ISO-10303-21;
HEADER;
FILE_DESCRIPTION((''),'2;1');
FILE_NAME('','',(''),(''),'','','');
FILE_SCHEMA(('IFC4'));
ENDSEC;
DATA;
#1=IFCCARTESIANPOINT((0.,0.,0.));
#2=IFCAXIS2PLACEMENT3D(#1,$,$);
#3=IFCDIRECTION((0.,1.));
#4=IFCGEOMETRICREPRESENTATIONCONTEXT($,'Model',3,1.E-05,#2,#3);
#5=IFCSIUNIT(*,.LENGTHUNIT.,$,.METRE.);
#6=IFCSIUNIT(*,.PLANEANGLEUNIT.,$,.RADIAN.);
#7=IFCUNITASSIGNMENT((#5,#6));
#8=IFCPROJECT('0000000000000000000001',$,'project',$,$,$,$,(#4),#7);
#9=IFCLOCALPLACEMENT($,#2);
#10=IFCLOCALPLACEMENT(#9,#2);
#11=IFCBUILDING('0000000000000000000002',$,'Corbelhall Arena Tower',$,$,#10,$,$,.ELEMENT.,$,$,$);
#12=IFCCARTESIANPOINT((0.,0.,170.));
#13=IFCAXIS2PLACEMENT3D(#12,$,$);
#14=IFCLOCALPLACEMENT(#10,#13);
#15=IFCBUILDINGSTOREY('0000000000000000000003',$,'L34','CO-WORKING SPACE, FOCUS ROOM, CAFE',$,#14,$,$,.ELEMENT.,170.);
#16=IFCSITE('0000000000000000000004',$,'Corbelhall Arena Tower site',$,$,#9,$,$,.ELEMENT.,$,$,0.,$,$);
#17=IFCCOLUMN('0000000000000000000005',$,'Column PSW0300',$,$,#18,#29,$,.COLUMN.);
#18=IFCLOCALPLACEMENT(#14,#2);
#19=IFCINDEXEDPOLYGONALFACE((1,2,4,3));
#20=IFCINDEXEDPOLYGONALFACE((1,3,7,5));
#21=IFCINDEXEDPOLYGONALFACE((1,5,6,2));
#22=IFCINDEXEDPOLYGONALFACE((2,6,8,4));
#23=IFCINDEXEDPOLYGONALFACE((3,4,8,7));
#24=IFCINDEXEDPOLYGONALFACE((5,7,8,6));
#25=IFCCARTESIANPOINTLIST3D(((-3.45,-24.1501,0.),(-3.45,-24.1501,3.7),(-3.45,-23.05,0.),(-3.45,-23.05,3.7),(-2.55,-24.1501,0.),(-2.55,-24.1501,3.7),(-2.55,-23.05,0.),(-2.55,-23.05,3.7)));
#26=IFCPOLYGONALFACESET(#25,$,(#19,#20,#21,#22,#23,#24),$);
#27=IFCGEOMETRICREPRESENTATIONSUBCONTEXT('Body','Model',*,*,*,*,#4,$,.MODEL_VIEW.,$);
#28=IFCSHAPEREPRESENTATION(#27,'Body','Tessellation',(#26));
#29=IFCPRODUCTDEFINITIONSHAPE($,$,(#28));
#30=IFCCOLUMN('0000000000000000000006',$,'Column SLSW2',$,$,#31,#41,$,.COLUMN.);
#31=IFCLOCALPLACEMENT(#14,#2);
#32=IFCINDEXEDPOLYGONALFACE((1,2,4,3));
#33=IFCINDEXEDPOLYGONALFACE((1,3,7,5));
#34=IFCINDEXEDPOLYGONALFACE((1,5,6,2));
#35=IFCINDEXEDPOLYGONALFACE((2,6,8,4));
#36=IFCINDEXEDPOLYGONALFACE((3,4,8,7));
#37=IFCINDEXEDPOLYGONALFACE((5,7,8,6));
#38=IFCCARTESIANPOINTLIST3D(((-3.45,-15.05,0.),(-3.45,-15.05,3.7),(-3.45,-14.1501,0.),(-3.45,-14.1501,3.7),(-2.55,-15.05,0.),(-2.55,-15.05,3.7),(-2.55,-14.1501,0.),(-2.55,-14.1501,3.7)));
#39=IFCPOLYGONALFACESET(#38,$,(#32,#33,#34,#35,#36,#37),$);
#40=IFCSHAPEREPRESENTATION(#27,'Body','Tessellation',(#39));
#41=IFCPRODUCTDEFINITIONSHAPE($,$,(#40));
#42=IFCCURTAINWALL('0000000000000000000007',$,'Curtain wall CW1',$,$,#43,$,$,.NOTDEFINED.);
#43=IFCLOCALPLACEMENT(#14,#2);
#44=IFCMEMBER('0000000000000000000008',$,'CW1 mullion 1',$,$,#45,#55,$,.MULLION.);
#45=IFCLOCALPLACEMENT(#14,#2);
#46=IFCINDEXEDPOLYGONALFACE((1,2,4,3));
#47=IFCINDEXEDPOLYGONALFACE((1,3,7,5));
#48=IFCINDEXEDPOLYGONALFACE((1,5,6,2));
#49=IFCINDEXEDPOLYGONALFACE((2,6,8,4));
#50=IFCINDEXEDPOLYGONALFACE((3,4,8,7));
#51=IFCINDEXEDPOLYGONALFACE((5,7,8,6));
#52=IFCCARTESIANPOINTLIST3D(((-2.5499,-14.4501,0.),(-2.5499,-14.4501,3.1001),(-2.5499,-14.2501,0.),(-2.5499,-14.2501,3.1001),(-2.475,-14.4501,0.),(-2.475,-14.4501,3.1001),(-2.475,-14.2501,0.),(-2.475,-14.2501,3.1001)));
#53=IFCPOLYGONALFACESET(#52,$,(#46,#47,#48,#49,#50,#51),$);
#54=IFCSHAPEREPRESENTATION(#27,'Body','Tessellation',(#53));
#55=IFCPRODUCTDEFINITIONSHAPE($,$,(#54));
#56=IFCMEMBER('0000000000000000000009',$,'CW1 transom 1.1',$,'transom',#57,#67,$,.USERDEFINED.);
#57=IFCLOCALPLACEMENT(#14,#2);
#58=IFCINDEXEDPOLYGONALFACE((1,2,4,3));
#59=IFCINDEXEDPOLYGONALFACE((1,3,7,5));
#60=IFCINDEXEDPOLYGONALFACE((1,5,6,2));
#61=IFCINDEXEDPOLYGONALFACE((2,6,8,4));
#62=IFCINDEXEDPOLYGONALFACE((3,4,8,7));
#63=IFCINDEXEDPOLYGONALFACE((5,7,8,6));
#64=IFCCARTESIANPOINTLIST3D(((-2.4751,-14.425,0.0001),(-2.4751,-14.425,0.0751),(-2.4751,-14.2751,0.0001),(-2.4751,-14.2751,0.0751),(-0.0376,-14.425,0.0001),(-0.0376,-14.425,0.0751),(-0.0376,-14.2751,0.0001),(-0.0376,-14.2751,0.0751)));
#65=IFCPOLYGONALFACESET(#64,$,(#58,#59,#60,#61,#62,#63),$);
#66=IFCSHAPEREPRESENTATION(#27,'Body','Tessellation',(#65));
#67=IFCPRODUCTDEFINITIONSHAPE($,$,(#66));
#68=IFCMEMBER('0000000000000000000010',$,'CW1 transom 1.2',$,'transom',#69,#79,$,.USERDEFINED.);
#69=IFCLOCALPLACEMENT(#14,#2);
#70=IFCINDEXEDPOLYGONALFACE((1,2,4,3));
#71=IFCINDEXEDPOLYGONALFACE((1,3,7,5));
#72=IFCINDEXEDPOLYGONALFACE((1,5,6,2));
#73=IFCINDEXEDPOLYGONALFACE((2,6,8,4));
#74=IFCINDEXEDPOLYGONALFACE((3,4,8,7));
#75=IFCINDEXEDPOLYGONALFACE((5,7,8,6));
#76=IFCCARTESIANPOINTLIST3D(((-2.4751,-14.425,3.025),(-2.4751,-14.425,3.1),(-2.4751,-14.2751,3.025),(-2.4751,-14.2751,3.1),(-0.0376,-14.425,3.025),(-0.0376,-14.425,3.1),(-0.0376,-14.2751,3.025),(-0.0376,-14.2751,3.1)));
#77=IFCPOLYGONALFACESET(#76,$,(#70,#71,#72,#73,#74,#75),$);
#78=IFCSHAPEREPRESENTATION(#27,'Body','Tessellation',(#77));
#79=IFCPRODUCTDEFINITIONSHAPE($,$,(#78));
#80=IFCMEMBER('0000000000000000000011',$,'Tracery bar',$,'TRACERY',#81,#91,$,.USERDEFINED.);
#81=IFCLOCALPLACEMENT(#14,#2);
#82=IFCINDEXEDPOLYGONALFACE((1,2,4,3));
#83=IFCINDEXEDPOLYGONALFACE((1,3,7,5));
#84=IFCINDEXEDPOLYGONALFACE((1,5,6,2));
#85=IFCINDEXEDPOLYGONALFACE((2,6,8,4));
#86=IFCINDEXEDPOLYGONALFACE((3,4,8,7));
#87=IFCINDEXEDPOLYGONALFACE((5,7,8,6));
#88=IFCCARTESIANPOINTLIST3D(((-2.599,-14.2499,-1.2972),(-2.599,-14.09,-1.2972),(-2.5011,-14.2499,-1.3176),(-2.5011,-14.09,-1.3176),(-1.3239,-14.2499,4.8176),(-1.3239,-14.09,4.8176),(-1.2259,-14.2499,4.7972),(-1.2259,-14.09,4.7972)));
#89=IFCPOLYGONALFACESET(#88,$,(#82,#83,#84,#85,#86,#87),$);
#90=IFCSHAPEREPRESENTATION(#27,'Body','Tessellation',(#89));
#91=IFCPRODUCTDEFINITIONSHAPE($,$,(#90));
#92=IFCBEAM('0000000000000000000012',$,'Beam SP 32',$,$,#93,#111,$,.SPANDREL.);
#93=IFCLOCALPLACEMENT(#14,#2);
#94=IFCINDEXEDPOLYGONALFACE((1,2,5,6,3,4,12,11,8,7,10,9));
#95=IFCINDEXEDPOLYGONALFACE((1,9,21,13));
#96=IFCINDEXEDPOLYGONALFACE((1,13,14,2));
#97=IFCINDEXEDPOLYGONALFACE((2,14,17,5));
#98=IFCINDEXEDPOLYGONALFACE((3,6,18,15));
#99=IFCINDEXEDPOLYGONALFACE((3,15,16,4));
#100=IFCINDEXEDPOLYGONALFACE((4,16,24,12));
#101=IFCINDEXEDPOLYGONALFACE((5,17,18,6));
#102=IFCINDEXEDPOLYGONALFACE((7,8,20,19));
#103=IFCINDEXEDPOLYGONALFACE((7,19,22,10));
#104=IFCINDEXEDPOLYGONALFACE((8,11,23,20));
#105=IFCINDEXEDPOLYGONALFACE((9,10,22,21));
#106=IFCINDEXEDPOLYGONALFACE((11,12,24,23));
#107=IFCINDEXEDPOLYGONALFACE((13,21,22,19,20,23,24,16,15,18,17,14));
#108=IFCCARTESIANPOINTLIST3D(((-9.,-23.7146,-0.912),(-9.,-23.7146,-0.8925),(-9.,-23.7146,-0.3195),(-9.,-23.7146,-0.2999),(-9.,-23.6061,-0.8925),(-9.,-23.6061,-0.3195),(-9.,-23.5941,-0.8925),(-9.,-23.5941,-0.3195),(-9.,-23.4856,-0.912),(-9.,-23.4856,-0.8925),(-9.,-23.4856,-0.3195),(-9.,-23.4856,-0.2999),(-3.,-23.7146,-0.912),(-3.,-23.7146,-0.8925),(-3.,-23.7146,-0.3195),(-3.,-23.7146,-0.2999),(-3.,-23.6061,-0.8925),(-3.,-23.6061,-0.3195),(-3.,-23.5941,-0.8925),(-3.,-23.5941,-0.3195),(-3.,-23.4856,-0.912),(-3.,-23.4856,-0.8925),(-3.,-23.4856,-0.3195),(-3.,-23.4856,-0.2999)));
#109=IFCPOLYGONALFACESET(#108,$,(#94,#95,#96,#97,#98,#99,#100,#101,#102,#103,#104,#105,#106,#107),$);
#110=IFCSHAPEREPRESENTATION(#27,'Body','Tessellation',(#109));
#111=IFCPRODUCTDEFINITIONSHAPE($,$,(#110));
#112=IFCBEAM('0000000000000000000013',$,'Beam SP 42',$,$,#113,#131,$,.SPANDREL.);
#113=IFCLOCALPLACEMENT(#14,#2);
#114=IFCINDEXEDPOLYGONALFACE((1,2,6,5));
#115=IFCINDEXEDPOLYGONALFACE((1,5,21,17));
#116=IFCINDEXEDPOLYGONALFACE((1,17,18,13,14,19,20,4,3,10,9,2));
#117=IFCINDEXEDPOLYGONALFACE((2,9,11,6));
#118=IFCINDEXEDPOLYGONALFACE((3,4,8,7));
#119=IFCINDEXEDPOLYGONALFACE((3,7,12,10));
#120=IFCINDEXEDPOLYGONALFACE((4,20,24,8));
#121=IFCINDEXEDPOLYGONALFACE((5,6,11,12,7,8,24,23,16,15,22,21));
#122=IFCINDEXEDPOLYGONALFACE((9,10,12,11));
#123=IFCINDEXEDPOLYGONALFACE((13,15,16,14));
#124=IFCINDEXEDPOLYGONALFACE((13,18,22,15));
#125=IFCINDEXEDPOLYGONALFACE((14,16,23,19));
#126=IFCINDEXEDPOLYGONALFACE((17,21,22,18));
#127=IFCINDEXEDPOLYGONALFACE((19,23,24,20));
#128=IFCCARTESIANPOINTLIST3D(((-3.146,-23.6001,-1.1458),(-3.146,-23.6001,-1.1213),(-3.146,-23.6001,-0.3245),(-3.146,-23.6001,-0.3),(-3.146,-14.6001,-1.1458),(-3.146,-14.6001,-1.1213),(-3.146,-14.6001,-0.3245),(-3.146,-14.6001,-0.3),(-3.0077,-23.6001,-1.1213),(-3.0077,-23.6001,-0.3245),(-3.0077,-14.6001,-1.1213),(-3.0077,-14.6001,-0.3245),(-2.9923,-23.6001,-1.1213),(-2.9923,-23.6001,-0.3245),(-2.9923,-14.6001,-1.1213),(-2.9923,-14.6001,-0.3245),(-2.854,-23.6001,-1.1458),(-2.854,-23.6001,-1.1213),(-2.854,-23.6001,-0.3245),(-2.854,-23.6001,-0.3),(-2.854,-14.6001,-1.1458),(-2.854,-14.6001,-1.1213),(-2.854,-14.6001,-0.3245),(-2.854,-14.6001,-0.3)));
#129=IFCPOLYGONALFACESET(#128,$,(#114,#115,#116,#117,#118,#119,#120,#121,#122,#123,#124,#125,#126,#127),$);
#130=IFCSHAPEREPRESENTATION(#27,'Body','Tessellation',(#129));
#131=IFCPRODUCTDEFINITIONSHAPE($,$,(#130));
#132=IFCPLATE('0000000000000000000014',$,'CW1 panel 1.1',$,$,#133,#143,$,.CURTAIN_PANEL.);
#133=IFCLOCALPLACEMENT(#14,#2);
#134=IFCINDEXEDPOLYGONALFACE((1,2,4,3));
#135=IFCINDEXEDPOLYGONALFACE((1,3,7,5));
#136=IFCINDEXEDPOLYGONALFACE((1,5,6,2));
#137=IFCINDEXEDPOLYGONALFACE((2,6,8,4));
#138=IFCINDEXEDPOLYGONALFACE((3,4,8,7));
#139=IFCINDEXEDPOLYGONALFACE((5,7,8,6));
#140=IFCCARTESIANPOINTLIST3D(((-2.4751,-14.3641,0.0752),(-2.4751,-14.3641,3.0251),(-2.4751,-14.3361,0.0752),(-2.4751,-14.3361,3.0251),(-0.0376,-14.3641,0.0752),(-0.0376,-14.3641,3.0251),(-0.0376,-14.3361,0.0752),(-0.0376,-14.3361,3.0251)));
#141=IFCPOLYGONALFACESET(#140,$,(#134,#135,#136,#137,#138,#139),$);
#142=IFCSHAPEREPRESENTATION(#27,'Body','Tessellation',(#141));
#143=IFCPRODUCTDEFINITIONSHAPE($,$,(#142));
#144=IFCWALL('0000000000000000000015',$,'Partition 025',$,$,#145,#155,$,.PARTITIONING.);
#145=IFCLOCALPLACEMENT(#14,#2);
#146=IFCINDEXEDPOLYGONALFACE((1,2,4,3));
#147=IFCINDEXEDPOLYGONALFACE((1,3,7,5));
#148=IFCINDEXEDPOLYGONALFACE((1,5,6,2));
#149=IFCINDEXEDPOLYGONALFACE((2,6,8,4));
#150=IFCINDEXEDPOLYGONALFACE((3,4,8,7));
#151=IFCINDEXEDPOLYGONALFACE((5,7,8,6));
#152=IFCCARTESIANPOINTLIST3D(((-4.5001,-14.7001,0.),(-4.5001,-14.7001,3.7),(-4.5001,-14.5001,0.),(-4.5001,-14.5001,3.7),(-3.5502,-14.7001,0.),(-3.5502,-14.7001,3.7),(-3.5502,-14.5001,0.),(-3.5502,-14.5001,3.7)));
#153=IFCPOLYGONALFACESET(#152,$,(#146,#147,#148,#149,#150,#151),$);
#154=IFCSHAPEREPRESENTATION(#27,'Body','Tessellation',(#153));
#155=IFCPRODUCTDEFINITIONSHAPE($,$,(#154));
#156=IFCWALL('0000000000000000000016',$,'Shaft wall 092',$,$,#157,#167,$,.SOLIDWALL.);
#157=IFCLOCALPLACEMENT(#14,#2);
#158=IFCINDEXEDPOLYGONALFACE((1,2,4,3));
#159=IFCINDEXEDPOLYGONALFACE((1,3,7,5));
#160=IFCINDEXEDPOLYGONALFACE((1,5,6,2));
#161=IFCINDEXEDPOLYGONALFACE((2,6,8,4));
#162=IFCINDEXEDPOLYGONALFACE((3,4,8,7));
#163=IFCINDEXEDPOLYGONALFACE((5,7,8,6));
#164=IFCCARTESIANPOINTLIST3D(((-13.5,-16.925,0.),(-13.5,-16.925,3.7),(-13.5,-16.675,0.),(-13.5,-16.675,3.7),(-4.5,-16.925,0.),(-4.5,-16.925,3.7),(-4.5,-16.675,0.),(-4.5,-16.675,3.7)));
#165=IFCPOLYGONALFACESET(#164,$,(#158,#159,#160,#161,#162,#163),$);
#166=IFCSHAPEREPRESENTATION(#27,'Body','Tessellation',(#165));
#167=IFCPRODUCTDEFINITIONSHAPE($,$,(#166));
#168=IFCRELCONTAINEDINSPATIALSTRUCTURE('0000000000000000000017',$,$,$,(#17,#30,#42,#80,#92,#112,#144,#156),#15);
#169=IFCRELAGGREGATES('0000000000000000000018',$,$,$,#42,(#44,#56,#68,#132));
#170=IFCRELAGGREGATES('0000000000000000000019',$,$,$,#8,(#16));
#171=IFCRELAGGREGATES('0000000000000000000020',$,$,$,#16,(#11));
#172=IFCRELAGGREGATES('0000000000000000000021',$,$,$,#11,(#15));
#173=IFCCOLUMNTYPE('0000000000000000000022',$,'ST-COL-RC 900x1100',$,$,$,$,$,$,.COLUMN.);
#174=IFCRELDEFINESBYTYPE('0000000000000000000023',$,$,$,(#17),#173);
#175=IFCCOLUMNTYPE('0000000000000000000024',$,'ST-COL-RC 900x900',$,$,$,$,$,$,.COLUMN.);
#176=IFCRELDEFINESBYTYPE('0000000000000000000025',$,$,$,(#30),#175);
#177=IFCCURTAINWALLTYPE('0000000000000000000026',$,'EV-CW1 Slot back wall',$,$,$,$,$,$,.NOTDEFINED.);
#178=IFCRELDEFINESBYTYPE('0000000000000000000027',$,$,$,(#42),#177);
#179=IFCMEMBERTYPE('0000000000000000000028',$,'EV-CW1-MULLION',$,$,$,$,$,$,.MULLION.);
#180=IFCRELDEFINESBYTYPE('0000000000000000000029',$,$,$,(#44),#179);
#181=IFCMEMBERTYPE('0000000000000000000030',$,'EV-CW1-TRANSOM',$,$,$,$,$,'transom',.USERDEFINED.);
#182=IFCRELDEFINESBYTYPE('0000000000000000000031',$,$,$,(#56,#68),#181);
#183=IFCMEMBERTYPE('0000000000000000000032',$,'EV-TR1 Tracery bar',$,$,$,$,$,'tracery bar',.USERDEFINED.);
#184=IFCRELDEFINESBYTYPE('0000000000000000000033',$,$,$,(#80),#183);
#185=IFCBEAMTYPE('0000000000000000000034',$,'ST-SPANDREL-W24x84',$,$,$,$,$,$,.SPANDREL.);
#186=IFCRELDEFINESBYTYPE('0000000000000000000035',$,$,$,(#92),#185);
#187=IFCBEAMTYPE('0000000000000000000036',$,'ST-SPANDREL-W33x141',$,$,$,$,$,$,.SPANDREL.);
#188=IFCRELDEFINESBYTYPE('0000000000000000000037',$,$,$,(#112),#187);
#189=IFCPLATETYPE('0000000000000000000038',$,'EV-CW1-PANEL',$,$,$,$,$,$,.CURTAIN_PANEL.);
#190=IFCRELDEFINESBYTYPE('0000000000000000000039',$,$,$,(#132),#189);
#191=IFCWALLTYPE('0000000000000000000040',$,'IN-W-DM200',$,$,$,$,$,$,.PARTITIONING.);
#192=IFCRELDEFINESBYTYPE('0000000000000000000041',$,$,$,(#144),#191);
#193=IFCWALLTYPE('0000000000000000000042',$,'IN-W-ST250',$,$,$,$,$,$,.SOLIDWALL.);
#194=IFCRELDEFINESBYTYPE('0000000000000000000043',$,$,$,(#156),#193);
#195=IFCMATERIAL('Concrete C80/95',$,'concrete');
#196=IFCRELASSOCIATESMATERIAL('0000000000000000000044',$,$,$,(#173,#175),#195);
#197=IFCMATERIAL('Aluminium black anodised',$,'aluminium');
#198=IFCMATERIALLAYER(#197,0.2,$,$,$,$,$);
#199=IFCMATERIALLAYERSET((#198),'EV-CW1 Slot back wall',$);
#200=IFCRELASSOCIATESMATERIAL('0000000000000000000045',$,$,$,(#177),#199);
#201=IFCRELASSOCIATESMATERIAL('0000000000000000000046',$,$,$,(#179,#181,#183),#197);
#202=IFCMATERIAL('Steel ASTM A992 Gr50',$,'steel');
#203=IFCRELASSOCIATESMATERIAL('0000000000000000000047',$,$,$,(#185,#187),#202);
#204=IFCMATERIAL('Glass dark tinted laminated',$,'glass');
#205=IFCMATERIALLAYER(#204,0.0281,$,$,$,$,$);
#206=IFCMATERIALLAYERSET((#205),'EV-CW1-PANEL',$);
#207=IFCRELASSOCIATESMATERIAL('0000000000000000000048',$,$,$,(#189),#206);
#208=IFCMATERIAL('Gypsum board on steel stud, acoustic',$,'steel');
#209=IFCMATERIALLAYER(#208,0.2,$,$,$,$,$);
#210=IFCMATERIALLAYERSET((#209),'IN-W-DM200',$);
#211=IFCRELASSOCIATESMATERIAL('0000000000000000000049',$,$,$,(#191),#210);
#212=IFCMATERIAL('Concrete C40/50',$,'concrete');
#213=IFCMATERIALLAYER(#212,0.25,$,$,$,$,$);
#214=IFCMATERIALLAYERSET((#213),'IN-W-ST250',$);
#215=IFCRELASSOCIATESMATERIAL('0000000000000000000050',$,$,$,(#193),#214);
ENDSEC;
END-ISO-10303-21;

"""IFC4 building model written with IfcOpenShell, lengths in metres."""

from ifc_helpers import new_model, si_unit, direction, frame, frame_2d, origin, origin_2d, place, context, subcontext, project, spatial, rectangle, i_section, extrude, material, layer, layer_set, material_profile, profile_set, type_object, element, aggregate, save


model = new_model("IFC4")

# Units and contexts
model_context = context("Model", 3, precision=1e-05, world=origin(), true_north=direction((0.0, 1.0)))
body_context = subcontext(model_context, "Body", "Model", "MODEL_VIEW")
ifc_project = project(units=[si_unit("LENGTHUNIT", "METRE"), si_unit("PLANEANGLEUNIT", "RADIAN")], contexts=[model_context])

# Site, building, storey
site_placement = place(None, origin())
site = spatial("IfcSite", under=ifc_project, at=site_placement, Name="Corbelhall Arena Tower site", CompositionType="ELEMENT", RefElevation=0.0)
building_placement = place(site_placement, origin())
building = spatial("IfcBuilding", under=site, at=building_placement, Name="Corbelhall Arena Tower", CompositionType="ELEMENT")
storey_placement = place(building_placement, frame((0.0, 0.0, 170.0)))
storey = spatial("IfcBuildingStorey", under=building, at=storey_placement, Name="L34", Description="CO-WORKING SPACE, FOCUS ROOM, CAFE", CompositionType="ELEMENT", Elevation=170.0)

# Columns
ifc_material_1 = material(Name="Concrete C80/95", Category="concrete")
ifc_material_profile_1 = material_profile(ifc_material_1, rectangle(XDim=0.8999, YDim=1.1001, at=origin_2d()))
ifc_profile_set_1 = profile_set([ifc_material_profile_1], Name="Concrete C80/95")
column_type_1 = type_object("IfcColumnType", Name="ST-COL-RC 900x1100", PredefinedType="COLUMN", material=ifc_profile_set_1)
column_1_placement = place(storey_placement, frame((-3.0, -23.6001, 0.0), z_axis=(0.0, 0.0, 1.0), x_axis=(1.0, 0.0, 0.0)))
element("IfcColumn", 1, at=column_1_placement, inside=storey, type_object=column_type_1, Name="Column PSW0300", PredefinedType="COLUMN", context=body_context, shape_type="SweptSolid", body=[
    extrude(rectangle(XDim=0.8999, YDim=1.1001, at=origin_2d()), origin(), (0.0, 0.0, 1.0), 3.7),
])
ifc_material_profile_2 = material_profile(ifc_material_1, rectangle(XDim=0.8999, YDim=0.8999, at=origin_2d()))
ifc_profile_set_2 = profile_set([ifc_material_profile_2], Name="Concrete C80/95")
column_type_2 = type_object("IfcColumnType", Name="ST-COL-RC 900x900", PredefinedType="COLUMN", material=ifc_profile_set_2)
column_2_placement = place(storey_placement, frame((-3.0, -14.6001, 0.0), z_axis=(0.0, 0.0, 1.0), x_axis=(1.0, 0.0, 0.0)))
element("IfcColumn", 2, at=column_2_placement, inside=storey, type_object=column_type_2, Name="Column SLSW2", PredefinedType="COLUMN", context=body_context, shape_type="SweptSolid", body=[
    extrude(rectangle(XDim=0.8999, YDim=0.8999, at=origin_2d()), origin(), (0.0, 0.0, 1.0), 3.7),
])

# Curtain wall, members
ifc_material_2 = material(Name="Aluminium black anodised", Category="aluminium")
ifc_layer_1 = layer(ifc_material_2, 0.2)
ifc_layer_set_1 = layer_set([ifc_layer_1], Name="EV-CW1 Slot back wall")
curtain_wall_type = type_object("IfcCurtainWallType", Name="EV-CW1 Slot back wall", PredefinedType="NOTDEFINED", material=ifc_layer_set_1)
curtain_wall_placement = place(storey_placement, origin())
curtain_wall = element("IfcCurtainWall", 3, at=curtain_wall_placement, inside=storey, type_object=curtain_wall_type, Name="Curtain wall CW1", PredefinedType="NOTDEFINED")
ifc_material_profile_3 = material_profile(ifc_material_2, rectangle(XDim=0.2, YDim=0.075, at=origin_2d()))
ifc_profile_set_3 = profile_set([ifc_material_profile_3], Name="Aluminium black anodised")
member_type_1 = type_object("IfcMemberType", Name="EV-CW1-MULLION", PredefinedType="MULLION", material=ifc_profile_set_3)
member_1_placement = place(storey_placement, frame((-2.5125, -14.3501, 0.0), z_axis=(0.0, 0.0, 1.0), x_axis=(0.0, 1.0, 0.0)))
member_1 = element("IfcMember", 4, at=member_1_placement, type_object=member_type_1, Name="CW1 mullion 1", PredefinedType="MULLION", context=body_context, shape_type="SweptSolid", body=[
    extrude(rectangle(XDim=0.2, YDim=0.075, at=origin_2d()), origin(), (0.0, 0.0, 1.0), 3.1001),
])
ifc_material_profile_4 = material_profile(ifc_material_2, rectangle(XDim=0.1499, YDim=0.075, at=origin_2d()))
ifc_profile_set_4 = profile_set([ifc_material_profile_4], Name="Aluminium black anodised")
member_type_2 = type_object("IfcMemberType", Name="EV-CW1-TRANSOM", ElementType="transom", PredefinedType="USERDEFINED", material=ifc_profile_set_4)
member_2_placement = place(storey_placement, frame((-2.4751, -14.3501, 0.0376), z_axis=(1.0, 0.0, 0.0), x_axis=(0.0, 1.0, 0.0)))
member_2 = element("IfcMember", 5, at=member_2_placement, type_object=member_type_2, Name="CW1 transom 1.1", ObjectType="transom", PredefinedType="USERDEFINED", context=body_context, shape_type="SweptSolid", body=[
    extrude(rectangle(XDim=0.1499, YDim=0.075, at=origin_2d()), origin(), (0.0, 0.0, 1.0), 2.4375),
])
member_3_placement = place(storey_placement, frame((-2.4751, -14.3501, 3.0625), z_axis=(1.0, 0.0, 0.0), x_axis=(0.0, 1.0, 0.0)))
member_3 = element("IfcMember", 6, at=member_3_placement, type_object=member_type_2, Name="CW1 transom 1.2", ObjectType="transom", PredefinedType="USERDEFINED", context=body_context, shape_type="SweptSolid", body=[
    extrude(rectangle(XDim=0.1499, YDim=0.075, at=origin_2d()), origin(), (0.0, 0.0, 1.0), 2.4375),
])

# Member
ifc_material_profile_5 = material_profile(ifc_material_2, rectangle(XDim=0.1599, YDim=0.1001, at=origin_2d()))
ifc_profile_set_5 = profile_set([ifc_material_profile_5], Name="Aluminium black anodised")
member_type_3 = type_object("IfcMemberType", Name="EV-TR1 Tracery bar", ElementType="tracery bar", PredefinedType="USERDEFINED", material=ifc_profile_set_5)
member_4_placement = place(storey_placement, frame((-2.55, -14.1699, -1.3074), z_axis=(0.204145, 0.0, 0.978941), x_axis=(0.0, 1.0, 0.0)))
element("IfcMember", 7, at=member_4_placement, inside=storey, type_object=member_type_3, Name="Tracery bar", ObjectType="TRACERY", PredefinedType="USERDEFINED", context=body_context, shape_type="SweptSolid", body=[
    extrude(rectangle(XDim=0.1599, YDim=0.1001, at=origin_2d()), origin(), (0.0, 0.0, 1.0), 6.2463),
])

# Beams
ifc_material_3 = material(Name="Steel ASTM A992 Gr50", Category="steel")
ifc_material_profile_6 = material_profile(ifc_material_3, i_section(OverallWidth=0.229, OverallDepth=0.6121, WebThickness=0.012, FlangeThickness=0.0195, at=origin_2d()))
ifc_profile_set_6 = profile_set([ifc_material_profile_6], Name="Steel ASTM A992 Gr50")
beam_type_1 = type_object("IfcBeamType", Name="ST-SPANDREL-W24x84", PredefinedType="SPANDREL", material=ifc_profile_set_6)
beam_1_placement = place(storey_placement, frame((-3.0, -23.6001, -0.606), z_axis=(-1.0, 0.0, 0.0), x_axis=(0.0, -1.0, 0.0)))
element("IfcBeam", 8, at=beam_1_placement, inside=storey, type_object=beam_type_1, Name="Beam SP 32", PredefinedType="SPANDREL", context=body_context, shape_type="SweptSolid", body=[
    extrude(i_section(OverallWidth=0.229, OverallDepth=0.6121, WebThickness=0.012, FlangeThickness=0.0195, at=origin_2d()), origin(), (0.0, 0.0, 1.0), 6.0),
])
ifc_material_profile_7 = material_profile(ifc_material_3, i_section(OverallWidth=0.292, OverallDepth=0.8457, WebThickness=0.0154, FlangeThickness=0.0244, at=origin_2d()))
ifc_profile_set_7 = profile_set([ifc_material_profile_7], Name="Steel ASTM A992 Gr50")
beam_type_2 = type_object("IfcBeamType", Name="ST-SPANDREL-W33x141", PredefinedType="SPANDREL", material=ifc_profile_set_7)
beam_2_placement = place(storey_placement, frame((-3.0, -14.6001, -0.7229), z_axis=(0.0, -1.0, 0.0), x_axis=(1.0, 0.0, 0.0)))
element("IfcBeam", 9, at=beam_2_placement, inside=storey, type_object=beam_type_2, Name="Beam SP 42", PredefinedType="SPANDREL", context=body_context, shape_type="SweptSolid", body=[
    extrude(i_section(OverallWidth=0.292, OverallDepth=0.8457, WebThickness=0.0154, FlangeThickness=0.0244, at=origin_2d()), origin(), (0.0, 0.0, 1.0), 9.0),
])

# Plate
ifc_material_4 = material(Name="Glass dark tinted laminated", Category="glass")
ifc_layer_2 = layer(ifc_material_4, 0.0281)
ifc_layer_set_2 = layer_set([ifc_layer_2], Name="EV-CW1-PANEL")
plate_type = type_object("IfcPlateType", Name="EV-CW1-PANEL", PredefinedType="CURTAIN_PANEL", material=ifc_layer_set_2)
plate_placement = place(storey_placement, frame((-1.2563, -14.3501, 0.0752), z_axis=(0.0, 0.0, 1.0), x_axis=(1.0, 0.0, 0.0)))
plate = element("IfcPlate", 10, at=plate_placement, type_object=plate_type, Name="CW1 panel 1.1", PredefinedType="CURTAIN_PANEL", context=body_context, shape_type="SweptSolid", body=[
    extrude(rectangle(XDim=2.4375, YDim=0.0281, at=origin_2d()), origin(), (0.0, 0.0, 1.0), 2.95),
])
aggregate(curtain_wall, [member_1, member_2, member_3, plate])

# Walls
ifc_material_5 = material(Name="Gypsum board on steel stud, acoustic", Category="steel")
ifc_layer_3 = layer(ifc_material_5, 0.2)
ifc_layer_set_3 = layer_set([ifc_layer_3], Name="IN-W-DM200")
wall_type_1 = type_object("IfcWallType", Name="IN-W-DM200", PredefinedType="PARTITIONING", material=ifc_layer_set_3)
wall_1_placement = place(storey_placement, frame((-3.55, -14.6001, 0.0), z_axis=(0.0, 0.0, 1.0), x_axis=(-1.0, 0.0, 0.0)))
element("IfcWall", 11, at=wall_1_placement, inside=storey, type_object=wall_type_1, Name="Partition 025", PredefinedType="PARTITIONING", context=body_context, shape_type="SweptSolid", body=[
    extrude(rectangle(XDim=0.95, YDim=0.2, at=frame_2d((0.4751, 0.0))), origin(), (0.0, 0.0, 1.0), 3.7),
])
ifc_material_6 = material(Name="Concrete C40/50", Category="concrete")
ifc_layer_4 = layer(ifc_material_6, 0.25)
ifc_layer_set_4 = layer_set([ifc_layer_4], Name="IN-W-ST250")
wall_type_2 = type_object("IfcWallType", Name="IN-W-ST250", PredefinedType="SOLIDWALL", material=ifc_layer_set_4)
wall_2_placement = place(storey_placement, frame((-4.5, -16.8, 0.0), z_axis=(0.0, 0.0, 1.0), x_axis=(-1.0, 0.0, 0.0)))
element("IfcWall", 12, at=wall_2_placement, inside=storey, type_object=wall_type_2, Name="Shaft wall 092", PredefinedType="SOLIDWALL", context=body_context, shape_type="SweptSolid", body=[
    extrude(rectangle(XDim=9.0, YDim=0.25, at=frame_2d((4.5, 0.0))), origin(), (0.0, 0.0, 1.0), 3.7),
])

save(model, "model.ifc")
